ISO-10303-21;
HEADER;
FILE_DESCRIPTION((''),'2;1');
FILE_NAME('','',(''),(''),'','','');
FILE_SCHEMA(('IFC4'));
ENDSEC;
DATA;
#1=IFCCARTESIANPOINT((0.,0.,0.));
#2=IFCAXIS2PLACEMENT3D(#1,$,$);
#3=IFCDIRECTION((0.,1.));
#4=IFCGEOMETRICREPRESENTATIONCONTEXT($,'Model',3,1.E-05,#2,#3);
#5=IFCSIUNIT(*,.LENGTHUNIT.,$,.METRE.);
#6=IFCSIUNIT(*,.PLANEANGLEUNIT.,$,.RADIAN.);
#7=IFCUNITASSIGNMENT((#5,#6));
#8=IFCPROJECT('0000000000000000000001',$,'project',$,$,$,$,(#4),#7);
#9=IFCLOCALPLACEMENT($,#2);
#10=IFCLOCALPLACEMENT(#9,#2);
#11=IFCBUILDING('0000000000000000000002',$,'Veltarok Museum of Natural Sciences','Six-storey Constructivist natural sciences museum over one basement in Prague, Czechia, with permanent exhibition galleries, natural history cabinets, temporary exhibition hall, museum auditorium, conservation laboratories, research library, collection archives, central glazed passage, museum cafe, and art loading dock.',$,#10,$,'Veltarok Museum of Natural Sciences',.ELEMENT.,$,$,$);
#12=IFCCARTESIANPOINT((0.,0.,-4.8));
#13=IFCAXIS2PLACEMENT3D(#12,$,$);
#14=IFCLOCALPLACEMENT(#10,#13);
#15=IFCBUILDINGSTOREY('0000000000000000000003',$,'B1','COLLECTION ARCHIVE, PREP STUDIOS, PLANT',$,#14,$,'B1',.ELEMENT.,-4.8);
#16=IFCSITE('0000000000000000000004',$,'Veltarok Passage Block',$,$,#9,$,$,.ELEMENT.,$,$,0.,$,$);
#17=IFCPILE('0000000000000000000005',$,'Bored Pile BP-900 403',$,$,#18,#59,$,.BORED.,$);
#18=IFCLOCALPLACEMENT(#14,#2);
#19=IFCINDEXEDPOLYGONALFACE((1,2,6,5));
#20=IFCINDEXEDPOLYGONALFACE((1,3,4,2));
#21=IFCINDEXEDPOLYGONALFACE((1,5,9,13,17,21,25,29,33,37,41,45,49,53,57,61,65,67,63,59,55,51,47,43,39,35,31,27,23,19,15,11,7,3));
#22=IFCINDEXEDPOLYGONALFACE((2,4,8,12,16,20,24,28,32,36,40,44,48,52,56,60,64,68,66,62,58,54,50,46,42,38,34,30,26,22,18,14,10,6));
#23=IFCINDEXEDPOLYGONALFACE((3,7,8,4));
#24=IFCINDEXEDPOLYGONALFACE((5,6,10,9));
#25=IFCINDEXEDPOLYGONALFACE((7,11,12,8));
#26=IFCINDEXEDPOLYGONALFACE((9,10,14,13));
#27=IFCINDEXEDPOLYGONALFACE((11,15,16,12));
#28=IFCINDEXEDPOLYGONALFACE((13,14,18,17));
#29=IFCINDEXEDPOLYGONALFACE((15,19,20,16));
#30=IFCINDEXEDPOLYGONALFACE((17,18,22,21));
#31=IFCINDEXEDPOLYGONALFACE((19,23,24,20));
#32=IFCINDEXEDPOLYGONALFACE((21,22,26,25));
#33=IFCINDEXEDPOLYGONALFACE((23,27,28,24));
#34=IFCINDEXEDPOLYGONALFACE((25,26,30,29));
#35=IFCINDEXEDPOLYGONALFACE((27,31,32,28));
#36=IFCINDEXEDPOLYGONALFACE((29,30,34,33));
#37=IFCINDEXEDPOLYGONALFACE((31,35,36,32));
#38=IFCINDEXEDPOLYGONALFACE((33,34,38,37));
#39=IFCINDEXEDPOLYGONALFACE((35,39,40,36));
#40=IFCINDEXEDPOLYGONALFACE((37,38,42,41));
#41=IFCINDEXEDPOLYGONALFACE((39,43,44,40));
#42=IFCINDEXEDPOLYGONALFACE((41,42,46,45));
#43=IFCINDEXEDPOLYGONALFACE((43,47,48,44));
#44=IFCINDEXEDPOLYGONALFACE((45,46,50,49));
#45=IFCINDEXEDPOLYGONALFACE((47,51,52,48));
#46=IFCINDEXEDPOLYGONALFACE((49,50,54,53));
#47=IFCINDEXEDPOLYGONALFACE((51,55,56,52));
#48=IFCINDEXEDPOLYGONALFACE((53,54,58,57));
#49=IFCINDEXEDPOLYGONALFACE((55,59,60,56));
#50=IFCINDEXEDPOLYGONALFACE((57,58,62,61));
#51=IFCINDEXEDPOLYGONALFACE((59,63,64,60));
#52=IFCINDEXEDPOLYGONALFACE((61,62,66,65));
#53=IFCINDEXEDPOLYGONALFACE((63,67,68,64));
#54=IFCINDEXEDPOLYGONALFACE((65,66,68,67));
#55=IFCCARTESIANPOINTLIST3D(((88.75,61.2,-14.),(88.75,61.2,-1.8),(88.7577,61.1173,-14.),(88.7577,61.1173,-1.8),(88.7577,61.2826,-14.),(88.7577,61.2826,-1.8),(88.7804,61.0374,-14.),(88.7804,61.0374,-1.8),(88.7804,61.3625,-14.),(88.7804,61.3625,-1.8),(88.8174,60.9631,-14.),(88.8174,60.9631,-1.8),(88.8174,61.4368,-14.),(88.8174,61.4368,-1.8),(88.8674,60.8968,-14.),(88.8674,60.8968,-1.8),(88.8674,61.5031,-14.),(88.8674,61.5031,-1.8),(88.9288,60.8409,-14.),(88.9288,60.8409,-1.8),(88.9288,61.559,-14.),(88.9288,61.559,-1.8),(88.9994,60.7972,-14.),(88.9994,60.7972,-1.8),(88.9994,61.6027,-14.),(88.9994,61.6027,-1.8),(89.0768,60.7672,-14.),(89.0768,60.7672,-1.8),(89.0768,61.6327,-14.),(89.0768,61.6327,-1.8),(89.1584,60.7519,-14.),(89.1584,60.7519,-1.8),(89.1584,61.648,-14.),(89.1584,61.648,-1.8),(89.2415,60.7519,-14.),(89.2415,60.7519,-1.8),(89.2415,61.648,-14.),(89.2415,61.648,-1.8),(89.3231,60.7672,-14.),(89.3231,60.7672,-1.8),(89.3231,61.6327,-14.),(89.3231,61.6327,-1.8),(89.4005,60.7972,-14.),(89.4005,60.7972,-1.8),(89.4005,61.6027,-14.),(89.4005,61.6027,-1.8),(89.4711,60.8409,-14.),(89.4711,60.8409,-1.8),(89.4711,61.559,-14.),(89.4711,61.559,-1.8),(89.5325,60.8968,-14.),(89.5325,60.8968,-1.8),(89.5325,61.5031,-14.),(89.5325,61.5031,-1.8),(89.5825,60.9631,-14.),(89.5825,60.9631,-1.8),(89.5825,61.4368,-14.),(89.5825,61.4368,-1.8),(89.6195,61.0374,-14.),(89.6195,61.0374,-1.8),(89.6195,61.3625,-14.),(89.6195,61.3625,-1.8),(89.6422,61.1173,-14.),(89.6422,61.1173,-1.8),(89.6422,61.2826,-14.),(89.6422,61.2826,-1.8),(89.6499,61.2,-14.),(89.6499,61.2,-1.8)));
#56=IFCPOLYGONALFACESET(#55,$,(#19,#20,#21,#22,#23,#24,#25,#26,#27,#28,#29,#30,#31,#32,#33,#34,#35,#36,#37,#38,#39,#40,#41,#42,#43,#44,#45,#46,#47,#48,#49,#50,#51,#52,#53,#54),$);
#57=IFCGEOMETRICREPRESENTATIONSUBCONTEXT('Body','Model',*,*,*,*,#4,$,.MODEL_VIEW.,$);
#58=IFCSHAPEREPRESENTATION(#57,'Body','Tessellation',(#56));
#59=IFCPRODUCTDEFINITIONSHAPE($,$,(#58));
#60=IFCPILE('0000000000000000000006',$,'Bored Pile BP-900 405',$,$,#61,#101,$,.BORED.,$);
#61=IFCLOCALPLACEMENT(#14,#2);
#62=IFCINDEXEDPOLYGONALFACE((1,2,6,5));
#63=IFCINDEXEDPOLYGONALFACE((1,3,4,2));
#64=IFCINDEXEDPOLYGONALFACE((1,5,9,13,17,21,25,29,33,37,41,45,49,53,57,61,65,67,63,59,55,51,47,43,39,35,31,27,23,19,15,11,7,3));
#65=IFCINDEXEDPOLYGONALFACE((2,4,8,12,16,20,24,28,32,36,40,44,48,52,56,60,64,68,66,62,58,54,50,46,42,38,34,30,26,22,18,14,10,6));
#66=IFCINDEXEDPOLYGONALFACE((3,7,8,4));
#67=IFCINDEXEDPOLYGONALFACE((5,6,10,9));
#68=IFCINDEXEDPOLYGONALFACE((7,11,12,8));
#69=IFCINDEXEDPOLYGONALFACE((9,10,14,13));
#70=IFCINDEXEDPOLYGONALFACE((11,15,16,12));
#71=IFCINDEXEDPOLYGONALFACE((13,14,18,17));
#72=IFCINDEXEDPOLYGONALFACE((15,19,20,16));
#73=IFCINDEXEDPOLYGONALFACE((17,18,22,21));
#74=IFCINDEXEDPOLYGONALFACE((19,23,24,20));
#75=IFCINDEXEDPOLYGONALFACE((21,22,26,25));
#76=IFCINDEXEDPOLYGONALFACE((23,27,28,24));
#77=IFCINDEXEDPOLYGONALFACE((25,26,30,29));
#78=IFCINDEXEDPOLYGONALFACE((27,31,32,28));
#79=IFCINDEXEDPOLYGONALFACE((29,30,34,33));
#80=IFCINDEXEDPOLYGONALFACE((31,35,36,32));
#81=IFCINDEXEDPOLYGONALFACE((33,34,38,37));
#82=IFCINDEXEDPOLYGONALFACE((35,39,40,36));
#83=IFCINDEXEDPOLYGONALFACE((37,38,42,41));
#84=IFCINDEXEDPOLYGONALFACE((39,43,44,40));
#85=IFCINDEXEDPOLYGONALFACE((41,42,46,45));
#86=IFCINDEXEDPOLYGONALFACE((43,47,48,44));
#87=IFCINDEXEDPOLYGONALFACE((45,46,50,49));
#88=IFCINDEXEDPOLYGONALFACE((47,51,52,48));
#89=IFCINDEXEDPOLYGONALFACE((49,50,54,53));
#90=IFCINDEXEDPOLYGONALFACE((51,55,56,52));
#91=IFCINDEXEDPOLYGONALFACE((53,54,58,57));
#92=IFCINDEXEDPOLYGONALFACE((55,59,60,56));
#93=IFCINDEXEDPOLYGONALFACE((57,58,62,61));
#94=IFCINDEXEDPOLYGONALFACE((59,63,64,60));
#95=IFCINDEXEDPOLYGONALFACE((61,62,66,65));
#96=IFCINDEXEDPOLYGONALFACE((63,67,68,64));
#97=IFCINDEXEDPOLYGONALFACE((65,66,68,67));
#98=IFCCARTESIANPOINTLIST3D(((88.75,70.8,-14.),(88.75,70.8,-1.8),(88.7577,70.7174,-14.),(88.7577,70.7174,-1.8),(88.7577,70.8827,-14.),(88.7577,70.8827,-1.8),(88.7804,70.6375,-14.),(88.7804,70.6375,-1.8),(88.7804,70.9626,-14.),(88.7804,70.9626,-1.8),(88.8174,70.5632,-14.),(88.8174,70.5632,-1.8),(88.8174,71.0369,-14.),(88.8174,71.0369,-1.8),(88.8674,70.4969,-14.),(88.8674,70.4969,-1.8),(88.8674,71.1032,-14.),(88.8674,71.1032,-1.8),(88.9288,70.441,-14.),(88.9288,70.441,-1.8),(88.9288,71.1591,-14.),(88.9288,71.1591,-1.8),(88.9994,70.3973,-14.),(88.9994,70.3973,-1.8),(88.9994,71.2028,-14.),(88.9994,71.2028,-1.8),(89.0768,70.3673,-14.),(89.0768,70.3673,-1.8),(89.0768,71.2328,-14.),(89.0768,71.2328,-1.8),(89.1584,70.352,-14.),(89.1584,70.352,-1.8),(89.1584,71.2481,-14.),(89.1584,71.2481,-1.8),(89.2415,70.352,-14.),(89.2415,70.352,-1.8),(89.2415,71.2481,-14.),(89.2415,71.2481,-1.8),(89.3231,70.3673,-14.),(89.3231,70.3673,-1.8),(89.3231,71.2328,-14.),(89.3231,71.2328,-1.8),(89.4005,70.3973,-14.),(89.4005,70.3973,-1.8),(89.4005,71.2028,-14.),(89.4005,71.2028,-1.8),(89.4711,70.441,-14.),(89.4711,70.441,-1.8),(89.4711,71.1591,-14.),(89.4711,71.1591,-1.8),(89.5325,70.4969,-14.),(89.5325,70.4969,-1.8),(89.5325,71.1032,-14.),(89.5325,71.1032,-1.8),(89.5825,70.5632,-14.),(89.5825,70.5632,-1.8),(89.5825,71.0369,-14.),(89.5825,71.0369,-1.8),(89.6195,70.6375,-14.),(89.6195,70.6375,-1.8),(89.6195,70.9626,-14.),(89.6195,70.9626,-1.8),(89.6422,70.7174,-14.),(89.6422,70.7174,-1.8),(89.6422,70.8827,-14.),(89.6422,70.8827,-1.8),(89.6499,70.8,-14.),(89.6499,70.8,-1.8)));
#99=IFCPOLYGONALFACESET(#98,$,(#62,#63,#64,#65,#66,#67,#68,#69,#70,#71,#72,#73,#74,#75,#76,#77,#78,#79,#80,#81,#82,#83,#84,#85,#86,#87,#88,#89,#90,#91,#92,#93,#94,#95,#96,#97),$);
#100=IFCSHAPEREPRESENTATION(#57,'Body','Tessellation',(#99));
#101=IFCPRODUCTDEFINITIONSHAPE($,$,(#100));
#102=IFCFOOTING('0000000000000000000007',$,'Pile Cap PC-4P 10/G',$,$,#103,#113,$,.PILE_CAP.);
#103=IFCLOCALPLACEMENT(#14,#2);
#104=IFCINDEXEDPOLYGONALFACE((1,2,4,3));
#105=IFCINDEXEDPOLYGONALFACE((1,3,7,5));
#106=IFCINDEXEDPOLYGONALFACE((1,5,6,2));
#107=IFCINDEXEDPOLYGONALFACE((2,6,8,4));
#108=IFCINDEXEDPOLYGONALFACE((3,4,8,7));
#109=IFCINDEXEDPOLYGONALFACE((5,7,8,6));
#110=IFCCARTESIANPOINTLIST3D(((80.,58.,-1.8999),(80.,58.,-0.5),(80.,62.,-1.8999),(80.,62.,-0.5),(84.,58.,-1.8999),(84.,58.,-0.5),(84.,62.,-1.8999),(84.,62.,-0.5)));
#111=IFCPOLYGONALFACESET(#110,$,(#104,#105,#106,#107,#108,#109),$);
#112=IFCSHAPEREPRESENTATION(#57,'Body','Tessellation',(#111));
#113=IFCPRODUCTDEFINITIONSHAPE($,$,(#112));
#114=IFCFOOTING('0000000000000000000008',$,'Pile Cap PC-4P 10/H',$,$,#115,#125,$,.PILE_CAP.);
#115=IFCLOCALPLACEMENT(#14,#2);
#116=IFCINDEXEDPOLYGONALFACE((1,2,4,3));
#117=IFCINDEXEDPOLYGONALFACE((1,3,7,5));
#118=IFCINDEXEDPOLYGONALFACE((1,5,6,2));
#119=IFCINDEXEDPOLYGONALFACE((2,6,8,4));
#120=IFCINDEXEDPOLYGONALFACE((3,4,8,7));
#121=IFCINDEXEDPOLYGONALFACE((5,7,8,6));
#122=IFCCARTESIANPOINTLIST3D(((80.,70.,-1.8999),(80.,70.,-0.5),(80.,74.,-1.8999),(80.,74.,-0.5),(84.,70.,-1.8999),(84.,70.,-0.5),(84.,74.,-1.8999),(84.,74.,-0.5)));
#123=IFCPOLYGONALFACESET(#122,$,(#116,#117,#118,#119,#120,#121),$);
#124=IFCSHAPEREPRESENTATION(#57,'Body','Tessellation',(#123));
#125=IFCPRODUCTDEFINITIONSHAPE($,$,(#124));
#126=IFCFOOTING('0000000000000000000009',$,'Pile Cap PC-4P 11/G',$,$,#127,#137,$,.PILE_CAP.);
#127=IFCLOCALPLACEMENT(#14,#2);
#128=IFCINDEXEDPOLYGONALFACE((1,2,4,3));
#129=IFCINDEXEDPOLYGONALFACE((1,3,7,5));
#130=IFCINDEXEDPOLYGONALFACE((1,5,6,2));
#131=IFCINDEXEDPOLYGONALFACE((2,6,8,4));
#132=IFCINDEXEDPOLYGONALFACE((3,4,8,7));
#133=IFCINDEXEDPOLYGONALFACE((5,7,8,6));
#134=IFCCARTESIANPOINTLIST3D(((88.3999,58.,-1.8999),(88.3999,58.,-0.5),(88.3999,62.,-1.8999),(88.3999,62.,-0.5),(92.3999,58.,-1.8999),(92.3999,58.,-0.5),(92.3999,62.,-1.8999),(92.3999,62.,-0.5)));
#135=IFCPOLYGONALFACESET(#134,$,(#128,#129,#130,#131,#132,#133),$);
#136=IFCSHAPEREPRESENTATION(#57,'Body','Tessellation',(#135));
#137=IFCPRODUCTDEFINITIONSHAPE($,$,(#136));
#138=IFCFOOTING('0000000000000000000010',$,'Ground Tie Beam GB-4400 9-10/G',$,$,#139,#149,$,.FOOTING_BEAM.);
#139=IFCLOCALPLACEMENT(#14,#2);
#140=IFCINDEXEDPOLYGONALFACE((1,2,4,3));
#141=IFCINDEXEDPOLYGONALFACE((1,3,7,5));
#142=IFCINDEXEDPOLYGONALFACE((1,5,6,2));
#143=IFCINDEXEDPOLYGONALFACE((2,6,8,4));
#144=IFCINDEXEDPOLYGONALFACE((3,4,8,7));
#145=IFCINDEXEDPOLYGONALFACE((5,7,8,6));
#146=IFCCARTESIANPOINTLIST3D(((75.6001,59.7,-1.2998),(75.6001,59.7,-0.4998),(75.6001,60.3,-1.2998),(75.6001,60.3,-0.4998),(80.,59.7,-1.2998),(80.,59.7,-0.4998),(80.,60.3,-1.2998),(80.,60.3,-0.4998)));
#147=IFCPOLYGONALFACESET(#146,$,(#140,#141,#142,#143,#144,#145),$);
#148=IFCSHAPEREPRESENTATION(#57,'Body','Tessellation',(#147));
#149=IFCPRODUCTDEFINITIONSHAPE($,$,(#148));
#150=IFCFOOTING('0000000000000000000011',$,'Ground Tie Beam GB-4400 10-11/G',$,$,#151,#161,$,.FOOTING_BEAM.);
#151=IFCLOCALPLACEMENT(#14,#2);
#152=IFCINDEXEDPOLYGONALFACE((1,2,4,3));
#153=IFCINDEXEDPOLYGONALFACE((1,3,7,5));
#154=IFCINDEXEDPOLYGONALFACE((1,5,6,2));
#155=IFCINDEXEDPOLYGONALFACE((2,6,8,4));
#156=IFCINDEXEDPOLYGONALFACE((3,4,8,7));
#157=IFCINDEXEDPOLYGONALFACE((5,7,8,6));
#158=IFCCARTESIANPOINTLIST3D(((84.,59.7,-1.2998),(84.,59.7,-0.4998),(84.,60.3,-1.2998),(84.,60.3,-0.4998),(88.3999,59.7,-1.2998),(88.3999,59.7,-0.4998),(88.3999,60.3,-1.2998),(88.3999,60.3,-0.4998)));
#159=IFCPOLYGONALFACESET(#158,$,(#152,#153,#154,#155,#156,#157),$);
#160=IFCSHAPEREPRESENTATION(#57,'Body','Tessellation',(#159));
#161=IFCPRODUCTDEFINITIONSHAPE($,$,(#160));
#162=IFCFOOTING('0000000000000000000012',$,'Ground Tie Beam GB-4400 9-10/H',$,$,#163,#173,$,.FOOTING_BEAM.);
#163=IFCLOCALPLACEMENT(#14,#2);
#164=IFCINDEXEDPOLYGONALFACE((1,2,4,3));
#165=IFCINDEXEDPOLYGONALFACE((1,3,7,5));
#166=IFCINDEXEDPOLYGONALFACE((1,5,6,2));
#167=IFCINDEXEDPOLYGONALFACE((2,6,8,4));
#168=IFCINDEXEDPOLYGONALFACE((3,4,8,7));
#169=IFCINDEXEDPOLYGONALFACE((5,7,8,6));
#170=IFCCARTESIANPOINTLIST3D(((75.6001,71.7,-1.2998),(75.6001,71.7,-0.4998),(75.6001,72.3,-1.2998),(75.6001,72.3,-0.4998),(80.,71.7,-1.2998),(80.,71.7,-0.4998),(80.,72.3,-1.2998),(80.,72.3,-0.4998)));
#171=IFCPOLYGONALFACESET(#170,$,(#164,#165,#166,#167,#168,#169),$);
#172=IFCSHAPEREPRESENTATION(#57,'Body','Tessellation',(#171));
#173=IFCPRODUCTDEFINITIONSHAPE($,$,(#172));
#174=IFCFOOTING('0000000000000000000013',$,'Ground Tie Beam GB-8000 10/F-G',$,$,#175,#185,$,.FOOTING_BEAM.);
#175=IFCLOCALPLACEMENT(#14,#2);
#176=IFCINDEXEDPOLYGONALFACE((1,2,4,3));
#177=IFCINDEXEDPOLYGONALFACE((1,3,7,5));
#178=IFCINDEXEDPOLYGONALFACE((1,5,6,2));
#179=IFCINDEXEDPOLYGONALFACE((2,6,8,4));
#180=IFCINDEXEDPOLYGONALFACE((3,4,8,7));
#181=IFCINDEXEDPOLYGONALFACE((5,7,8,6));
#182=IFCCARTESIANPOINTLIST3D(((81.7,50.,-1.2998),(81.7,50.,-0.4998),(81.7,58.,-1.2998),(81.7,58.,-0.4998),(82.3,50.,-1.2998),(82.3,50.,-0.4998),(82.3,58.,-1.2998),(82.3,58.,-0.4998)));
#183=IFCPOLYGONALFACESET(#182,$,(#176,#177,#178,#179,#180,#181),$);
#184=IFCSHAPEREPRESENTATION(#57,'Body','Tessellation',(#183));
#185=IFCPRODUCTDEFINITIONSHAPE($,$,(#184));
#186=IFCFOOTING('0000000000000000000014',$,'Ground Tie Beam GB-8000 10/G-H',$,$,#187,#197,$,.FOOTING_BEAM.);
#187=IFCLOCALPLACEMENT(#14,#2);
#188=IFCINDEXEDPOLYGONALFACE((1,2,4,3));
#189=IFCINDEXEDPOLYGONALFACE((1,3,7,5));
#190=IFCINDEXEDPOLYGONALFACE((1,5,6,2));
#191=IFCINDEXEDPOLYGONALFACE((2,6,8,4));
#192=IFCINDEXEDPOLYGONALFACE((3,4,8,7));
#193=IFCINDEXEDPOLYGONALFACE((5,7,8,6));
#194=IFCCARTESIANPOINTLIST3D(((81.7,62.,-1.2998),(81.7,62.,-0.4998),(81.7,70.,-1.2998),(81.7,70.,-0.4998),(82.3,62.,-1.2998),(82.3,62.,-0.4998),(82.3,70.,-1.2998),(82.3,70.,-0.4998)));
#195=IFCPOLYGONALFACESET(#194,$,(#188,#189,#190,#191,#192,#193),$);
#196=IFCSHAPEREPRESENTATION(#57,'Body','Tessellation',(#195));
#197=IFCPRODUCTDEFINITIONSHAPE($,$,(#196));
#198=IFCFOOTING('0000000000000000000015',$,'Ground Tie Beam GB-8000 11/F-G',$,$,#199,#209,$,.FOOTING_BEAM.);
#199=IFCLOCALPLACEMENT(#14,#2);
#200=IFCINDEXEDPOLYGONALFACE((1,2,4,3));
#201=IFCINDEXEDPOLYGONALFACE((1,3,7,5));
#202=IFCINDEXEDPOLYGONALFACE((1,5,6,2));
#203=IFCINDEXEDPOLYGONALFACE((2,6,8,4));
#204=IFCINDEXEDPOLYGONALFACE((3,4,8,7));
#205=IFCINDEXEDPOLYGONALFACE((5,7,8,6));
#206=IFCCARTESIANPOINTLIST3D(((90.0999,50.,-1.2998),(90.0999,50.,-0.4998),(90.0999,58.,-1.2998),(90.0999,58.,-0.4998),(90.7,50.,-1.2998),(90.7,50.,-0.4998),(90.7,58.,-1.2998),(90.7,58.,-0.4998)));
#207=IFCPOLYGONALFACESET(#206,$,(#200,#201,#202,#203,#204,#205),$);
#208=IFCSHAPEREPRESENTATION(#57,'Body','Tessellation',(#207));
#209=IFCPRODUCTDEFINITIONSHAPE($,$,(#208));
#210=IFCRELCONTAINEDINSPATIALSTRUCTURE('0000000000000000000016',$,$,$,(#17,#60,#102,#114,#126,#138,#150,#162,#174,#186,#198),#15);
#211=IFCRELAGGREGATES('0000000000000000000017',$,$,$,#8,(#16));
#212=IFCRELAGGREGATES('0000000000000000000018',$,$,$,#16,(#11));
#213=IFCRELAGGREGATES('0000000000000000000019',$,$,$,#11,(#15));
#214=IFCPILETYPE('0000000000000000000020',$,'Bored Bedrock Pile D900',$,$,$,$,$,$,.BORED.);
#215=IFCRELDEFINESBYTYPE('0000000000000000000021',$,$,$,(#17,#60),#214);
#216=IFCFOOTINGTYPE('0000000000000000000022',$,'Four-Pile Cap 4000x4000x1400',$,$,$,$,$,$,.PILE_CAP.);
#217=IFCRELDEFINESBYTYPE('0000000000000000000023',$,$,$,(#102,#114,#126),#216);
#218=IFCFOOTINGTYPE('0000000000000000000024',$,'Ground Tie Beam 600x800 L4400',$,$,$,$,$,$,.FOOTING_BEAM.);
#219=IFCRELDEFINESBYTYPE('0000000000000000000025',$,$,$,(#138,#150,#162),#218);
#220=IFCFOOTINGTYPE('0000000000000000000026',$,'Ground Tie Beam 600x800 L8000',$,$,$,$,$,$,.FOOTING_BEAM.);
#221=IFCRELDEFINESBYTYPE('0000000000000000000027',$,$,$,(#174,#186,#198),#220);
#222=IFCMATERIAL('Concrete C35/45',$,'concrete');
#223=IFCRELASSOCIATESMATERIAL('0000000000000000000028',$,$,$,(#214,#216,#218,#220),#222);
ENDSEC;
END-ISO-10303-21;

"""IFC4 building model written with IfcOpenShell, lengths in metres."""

from ifc_helpers import new_model, si_unit, direction, frame, origin, origin_2d, place, context, subcontext, project, spatial, rectangle, circle, extrude, material, material_profile, profile_set, type_object, element, save


model = new_model("IFC4")

# Units and contexts
model_context = context("Model", 3, precision=1e-05, world=origin(), true_north=direction((0.0, 1.0)))
body_context = subcontext(model_context, "Body", "Model", "MODEL_VIEW")
ifc_project = project(units=[si_unit("LENGTHUNIT", "METRE"), si_unit("PLANEANGLEUNIT", "RADIAN")], contexts=[model_context])

# Site, building, storey
site_placement = place(None, origin())
site = spatial("IfcSite", under=ifc_project, at=site_placement, Name="Veltarok Passage Block", CompositionType="ELEMENT", RefElevation=0.0)
building_placement = place(site_placement, origin())
building = spatial("IfcBuilding", under=site, at=building_placement, Name="Veltarok Museum of Natural Sciences", Description="Six-storey Constructivist natural sciences museum over one basement in Prague, Czechia, with permanent exhibition galleries, natural history cabinets, temporary exhibition hall, museum auditorium, conservation laboratories, research library, collection archives, central glazed passage, museum cafe, and art loading dock.", LongName="Veltarok Museum of Natural Sciences", CompositionType="ELEMENT")
storey_placement = place(building_placement, frame((0.0, 0.0, -4.8)))
storey = spatial("IfcBuildingStorey", under=building, at=storey_placement, Name="B1", Description="COLLECTION ARCHIVE, PREP STUDIOS, PLANT", LongName="B1", CompositionType="ELEMENT", Elevation=-4.8)

# Piles
ifc_material_1 = material(Name="Concrete C35/45", Category="concrete")
ifc_material_profile_1 = material_profile(ifc_material_1, circle(Radius=0.45, at=origin_2d()), Name="BP D900")
ifc_profile_set_1 = profile_set([ifc_material_profile_1], Name="Concrete C35/45")
pile_type = type_object("IfcPileType", Name="Bored Bedrock Pile D900", PredefinedType="BORED", material=ifc_profile_set_1)
for number, where, z_axis, x_axis, name in (
    (1, (89.2, 61.2, -1.8), (0.0, 0.0, -1.0), (1.0, 0.0, 0.0), "Bored Pile BP-900 403"),
    (2, (89.2, 70.8, -1.8), (0.0, 0.0, -1.0), (1.0, 0.0, 0.0), "Bored Pile BP-900 405"),
):
    element("IfcPile", number, at=place(storey_placement, frame(where, z_axis=z_axis, x_axis=x_axis)), inside=storey, type_object=pile_type, Name=name, PredefinedType="BORED", context=body_context, shape_type="SweptSolid", body=[
        extrude(circle(Radius=0.45, at=origin_2d()), origin(), (0.0, 0.0, 1.0), 12.2),
    ])

# Footings
footing_type_1 = type_object("IfcFootingType", Name="Four-Pile Cap 4000x4000x1400", PredefinedType="PILE_CAP", material=ifc_material_1)
for number, where, z_axis, x_axis, name in (
    (3, (82.0, 60.0, -1.8999), (0.0, 0.0, 1.0), (1.0, 0.0, 0.0), "Pile Cap PC-4P 10/G"),
    (4, (82.0, 72.0, -1.8999), (0.0, 0.0, 1.0), (1.0, 0.0, 0.0), "Pile Cap PC-4P 10/H"),
    (5, (90.3999, 60.0, -1.8999), (0.0, 0.0, 1.0), (1.0, 0.0, 0.0), "Pile Cap PC-4P 11/G"),
):
    element("IfcFooting", number, at=place(storey_placement, frame(where, z_axis=z_axis, x_axis=x_axis)), inside=storey, type_object=footing_type_1, Name=name, PredefinedType="PILE_CAP", context=body_context, shape_type="SweptSolid", body=[
        extrude(rectangle(XDim=4.0, YDim=4.0, at=origin_2d()), origin(), (0.0, 0.0, 1.0), 1.3999),
    ])
footing_type_2 = type_object("IfcFootingType", Name="Ground Tie Beam 600x800 L4400", PredefinedType="FOOTING_BEAM", material=ifc_material_1)
for number, where, z_axis, x_axis, name in (
    (6, (77.8, 60.0, -1.2998), (0.0, 0.0, 1.0), (1.0, 0.0, 0.0), "Ground Tie Beam GB-4400 9-10/G"),
    (7, (86.2, 60.0, -1.2998), (0.0, 0.0, 1.0), (1.0, 0.0, 0.0), "Ground Tie Beam GB-4400 10-11/G"),
    (8, (77.8, 72.0, -1.2998), (0.0, 0.0, 1.0), (1.0, 0.0, 0.0), "Ground Tie Beam GB-4400 9-10/H"),
):
    element("IfcFooting", number, at=place(storey_placement, frame(where, z_axis=z_axis, x_axis=x_axis)), inside=storey, type_object=footing_type_2, Name=name, PredefinedType="FOOTING_BEAM", context=body_context, shape_type="SweptSolid", body=[
        extrude(rectangle(XDim=4.3999, YDim=0.6001, at=origin_2d()), origin(), (0.0, 0.0, 1.0), 0.8),
    ])
footing_type_3 = type_object("IfcFootingType", Name="Ground Tie Beam 600x800 L8000", PredefinedType="FOOTING_BEAM", material=ifc_material_1)
for number, where, z_axis, x_axis, name in (
    (9, (82.0, 54.0, -1.2998), (0.0, 0.0, 1.0), (0.0, 1.0, 0.0), "Ground Tie Beam GB-8000 10/F-G"),
    (10, (82.0, 66.0, -1.2998), (0.0, 0.0, 1.0), (0.0, 1.0, 0.0), "Ground Tie Beam GB-8000 10/G-H"),
    (11, (90.3999, 54.0, -1.2998), (0.0, 0.0, 1.0), (0.0, 1.0, 0.0), "Ground Tie Beam GB-8000 11/F-G"),
):
    element("IfcFooting", number, at=place(storey_placement, frame(where, z_axis=z_axis, x_axis=x_axis)), inside=storey, type_object=footing_type_3, Name=name, PredefinedType="FOOTING_BEAM", context=body_context, shape_type="SweptSolid", body=[
        extrude(rectangle(XDim=8.0, YDim=0.6001, at=origin_2d()), origin(), (0.0, 0.0, 1.0), 0.8),
    ])

save(model, "model.ifc")
